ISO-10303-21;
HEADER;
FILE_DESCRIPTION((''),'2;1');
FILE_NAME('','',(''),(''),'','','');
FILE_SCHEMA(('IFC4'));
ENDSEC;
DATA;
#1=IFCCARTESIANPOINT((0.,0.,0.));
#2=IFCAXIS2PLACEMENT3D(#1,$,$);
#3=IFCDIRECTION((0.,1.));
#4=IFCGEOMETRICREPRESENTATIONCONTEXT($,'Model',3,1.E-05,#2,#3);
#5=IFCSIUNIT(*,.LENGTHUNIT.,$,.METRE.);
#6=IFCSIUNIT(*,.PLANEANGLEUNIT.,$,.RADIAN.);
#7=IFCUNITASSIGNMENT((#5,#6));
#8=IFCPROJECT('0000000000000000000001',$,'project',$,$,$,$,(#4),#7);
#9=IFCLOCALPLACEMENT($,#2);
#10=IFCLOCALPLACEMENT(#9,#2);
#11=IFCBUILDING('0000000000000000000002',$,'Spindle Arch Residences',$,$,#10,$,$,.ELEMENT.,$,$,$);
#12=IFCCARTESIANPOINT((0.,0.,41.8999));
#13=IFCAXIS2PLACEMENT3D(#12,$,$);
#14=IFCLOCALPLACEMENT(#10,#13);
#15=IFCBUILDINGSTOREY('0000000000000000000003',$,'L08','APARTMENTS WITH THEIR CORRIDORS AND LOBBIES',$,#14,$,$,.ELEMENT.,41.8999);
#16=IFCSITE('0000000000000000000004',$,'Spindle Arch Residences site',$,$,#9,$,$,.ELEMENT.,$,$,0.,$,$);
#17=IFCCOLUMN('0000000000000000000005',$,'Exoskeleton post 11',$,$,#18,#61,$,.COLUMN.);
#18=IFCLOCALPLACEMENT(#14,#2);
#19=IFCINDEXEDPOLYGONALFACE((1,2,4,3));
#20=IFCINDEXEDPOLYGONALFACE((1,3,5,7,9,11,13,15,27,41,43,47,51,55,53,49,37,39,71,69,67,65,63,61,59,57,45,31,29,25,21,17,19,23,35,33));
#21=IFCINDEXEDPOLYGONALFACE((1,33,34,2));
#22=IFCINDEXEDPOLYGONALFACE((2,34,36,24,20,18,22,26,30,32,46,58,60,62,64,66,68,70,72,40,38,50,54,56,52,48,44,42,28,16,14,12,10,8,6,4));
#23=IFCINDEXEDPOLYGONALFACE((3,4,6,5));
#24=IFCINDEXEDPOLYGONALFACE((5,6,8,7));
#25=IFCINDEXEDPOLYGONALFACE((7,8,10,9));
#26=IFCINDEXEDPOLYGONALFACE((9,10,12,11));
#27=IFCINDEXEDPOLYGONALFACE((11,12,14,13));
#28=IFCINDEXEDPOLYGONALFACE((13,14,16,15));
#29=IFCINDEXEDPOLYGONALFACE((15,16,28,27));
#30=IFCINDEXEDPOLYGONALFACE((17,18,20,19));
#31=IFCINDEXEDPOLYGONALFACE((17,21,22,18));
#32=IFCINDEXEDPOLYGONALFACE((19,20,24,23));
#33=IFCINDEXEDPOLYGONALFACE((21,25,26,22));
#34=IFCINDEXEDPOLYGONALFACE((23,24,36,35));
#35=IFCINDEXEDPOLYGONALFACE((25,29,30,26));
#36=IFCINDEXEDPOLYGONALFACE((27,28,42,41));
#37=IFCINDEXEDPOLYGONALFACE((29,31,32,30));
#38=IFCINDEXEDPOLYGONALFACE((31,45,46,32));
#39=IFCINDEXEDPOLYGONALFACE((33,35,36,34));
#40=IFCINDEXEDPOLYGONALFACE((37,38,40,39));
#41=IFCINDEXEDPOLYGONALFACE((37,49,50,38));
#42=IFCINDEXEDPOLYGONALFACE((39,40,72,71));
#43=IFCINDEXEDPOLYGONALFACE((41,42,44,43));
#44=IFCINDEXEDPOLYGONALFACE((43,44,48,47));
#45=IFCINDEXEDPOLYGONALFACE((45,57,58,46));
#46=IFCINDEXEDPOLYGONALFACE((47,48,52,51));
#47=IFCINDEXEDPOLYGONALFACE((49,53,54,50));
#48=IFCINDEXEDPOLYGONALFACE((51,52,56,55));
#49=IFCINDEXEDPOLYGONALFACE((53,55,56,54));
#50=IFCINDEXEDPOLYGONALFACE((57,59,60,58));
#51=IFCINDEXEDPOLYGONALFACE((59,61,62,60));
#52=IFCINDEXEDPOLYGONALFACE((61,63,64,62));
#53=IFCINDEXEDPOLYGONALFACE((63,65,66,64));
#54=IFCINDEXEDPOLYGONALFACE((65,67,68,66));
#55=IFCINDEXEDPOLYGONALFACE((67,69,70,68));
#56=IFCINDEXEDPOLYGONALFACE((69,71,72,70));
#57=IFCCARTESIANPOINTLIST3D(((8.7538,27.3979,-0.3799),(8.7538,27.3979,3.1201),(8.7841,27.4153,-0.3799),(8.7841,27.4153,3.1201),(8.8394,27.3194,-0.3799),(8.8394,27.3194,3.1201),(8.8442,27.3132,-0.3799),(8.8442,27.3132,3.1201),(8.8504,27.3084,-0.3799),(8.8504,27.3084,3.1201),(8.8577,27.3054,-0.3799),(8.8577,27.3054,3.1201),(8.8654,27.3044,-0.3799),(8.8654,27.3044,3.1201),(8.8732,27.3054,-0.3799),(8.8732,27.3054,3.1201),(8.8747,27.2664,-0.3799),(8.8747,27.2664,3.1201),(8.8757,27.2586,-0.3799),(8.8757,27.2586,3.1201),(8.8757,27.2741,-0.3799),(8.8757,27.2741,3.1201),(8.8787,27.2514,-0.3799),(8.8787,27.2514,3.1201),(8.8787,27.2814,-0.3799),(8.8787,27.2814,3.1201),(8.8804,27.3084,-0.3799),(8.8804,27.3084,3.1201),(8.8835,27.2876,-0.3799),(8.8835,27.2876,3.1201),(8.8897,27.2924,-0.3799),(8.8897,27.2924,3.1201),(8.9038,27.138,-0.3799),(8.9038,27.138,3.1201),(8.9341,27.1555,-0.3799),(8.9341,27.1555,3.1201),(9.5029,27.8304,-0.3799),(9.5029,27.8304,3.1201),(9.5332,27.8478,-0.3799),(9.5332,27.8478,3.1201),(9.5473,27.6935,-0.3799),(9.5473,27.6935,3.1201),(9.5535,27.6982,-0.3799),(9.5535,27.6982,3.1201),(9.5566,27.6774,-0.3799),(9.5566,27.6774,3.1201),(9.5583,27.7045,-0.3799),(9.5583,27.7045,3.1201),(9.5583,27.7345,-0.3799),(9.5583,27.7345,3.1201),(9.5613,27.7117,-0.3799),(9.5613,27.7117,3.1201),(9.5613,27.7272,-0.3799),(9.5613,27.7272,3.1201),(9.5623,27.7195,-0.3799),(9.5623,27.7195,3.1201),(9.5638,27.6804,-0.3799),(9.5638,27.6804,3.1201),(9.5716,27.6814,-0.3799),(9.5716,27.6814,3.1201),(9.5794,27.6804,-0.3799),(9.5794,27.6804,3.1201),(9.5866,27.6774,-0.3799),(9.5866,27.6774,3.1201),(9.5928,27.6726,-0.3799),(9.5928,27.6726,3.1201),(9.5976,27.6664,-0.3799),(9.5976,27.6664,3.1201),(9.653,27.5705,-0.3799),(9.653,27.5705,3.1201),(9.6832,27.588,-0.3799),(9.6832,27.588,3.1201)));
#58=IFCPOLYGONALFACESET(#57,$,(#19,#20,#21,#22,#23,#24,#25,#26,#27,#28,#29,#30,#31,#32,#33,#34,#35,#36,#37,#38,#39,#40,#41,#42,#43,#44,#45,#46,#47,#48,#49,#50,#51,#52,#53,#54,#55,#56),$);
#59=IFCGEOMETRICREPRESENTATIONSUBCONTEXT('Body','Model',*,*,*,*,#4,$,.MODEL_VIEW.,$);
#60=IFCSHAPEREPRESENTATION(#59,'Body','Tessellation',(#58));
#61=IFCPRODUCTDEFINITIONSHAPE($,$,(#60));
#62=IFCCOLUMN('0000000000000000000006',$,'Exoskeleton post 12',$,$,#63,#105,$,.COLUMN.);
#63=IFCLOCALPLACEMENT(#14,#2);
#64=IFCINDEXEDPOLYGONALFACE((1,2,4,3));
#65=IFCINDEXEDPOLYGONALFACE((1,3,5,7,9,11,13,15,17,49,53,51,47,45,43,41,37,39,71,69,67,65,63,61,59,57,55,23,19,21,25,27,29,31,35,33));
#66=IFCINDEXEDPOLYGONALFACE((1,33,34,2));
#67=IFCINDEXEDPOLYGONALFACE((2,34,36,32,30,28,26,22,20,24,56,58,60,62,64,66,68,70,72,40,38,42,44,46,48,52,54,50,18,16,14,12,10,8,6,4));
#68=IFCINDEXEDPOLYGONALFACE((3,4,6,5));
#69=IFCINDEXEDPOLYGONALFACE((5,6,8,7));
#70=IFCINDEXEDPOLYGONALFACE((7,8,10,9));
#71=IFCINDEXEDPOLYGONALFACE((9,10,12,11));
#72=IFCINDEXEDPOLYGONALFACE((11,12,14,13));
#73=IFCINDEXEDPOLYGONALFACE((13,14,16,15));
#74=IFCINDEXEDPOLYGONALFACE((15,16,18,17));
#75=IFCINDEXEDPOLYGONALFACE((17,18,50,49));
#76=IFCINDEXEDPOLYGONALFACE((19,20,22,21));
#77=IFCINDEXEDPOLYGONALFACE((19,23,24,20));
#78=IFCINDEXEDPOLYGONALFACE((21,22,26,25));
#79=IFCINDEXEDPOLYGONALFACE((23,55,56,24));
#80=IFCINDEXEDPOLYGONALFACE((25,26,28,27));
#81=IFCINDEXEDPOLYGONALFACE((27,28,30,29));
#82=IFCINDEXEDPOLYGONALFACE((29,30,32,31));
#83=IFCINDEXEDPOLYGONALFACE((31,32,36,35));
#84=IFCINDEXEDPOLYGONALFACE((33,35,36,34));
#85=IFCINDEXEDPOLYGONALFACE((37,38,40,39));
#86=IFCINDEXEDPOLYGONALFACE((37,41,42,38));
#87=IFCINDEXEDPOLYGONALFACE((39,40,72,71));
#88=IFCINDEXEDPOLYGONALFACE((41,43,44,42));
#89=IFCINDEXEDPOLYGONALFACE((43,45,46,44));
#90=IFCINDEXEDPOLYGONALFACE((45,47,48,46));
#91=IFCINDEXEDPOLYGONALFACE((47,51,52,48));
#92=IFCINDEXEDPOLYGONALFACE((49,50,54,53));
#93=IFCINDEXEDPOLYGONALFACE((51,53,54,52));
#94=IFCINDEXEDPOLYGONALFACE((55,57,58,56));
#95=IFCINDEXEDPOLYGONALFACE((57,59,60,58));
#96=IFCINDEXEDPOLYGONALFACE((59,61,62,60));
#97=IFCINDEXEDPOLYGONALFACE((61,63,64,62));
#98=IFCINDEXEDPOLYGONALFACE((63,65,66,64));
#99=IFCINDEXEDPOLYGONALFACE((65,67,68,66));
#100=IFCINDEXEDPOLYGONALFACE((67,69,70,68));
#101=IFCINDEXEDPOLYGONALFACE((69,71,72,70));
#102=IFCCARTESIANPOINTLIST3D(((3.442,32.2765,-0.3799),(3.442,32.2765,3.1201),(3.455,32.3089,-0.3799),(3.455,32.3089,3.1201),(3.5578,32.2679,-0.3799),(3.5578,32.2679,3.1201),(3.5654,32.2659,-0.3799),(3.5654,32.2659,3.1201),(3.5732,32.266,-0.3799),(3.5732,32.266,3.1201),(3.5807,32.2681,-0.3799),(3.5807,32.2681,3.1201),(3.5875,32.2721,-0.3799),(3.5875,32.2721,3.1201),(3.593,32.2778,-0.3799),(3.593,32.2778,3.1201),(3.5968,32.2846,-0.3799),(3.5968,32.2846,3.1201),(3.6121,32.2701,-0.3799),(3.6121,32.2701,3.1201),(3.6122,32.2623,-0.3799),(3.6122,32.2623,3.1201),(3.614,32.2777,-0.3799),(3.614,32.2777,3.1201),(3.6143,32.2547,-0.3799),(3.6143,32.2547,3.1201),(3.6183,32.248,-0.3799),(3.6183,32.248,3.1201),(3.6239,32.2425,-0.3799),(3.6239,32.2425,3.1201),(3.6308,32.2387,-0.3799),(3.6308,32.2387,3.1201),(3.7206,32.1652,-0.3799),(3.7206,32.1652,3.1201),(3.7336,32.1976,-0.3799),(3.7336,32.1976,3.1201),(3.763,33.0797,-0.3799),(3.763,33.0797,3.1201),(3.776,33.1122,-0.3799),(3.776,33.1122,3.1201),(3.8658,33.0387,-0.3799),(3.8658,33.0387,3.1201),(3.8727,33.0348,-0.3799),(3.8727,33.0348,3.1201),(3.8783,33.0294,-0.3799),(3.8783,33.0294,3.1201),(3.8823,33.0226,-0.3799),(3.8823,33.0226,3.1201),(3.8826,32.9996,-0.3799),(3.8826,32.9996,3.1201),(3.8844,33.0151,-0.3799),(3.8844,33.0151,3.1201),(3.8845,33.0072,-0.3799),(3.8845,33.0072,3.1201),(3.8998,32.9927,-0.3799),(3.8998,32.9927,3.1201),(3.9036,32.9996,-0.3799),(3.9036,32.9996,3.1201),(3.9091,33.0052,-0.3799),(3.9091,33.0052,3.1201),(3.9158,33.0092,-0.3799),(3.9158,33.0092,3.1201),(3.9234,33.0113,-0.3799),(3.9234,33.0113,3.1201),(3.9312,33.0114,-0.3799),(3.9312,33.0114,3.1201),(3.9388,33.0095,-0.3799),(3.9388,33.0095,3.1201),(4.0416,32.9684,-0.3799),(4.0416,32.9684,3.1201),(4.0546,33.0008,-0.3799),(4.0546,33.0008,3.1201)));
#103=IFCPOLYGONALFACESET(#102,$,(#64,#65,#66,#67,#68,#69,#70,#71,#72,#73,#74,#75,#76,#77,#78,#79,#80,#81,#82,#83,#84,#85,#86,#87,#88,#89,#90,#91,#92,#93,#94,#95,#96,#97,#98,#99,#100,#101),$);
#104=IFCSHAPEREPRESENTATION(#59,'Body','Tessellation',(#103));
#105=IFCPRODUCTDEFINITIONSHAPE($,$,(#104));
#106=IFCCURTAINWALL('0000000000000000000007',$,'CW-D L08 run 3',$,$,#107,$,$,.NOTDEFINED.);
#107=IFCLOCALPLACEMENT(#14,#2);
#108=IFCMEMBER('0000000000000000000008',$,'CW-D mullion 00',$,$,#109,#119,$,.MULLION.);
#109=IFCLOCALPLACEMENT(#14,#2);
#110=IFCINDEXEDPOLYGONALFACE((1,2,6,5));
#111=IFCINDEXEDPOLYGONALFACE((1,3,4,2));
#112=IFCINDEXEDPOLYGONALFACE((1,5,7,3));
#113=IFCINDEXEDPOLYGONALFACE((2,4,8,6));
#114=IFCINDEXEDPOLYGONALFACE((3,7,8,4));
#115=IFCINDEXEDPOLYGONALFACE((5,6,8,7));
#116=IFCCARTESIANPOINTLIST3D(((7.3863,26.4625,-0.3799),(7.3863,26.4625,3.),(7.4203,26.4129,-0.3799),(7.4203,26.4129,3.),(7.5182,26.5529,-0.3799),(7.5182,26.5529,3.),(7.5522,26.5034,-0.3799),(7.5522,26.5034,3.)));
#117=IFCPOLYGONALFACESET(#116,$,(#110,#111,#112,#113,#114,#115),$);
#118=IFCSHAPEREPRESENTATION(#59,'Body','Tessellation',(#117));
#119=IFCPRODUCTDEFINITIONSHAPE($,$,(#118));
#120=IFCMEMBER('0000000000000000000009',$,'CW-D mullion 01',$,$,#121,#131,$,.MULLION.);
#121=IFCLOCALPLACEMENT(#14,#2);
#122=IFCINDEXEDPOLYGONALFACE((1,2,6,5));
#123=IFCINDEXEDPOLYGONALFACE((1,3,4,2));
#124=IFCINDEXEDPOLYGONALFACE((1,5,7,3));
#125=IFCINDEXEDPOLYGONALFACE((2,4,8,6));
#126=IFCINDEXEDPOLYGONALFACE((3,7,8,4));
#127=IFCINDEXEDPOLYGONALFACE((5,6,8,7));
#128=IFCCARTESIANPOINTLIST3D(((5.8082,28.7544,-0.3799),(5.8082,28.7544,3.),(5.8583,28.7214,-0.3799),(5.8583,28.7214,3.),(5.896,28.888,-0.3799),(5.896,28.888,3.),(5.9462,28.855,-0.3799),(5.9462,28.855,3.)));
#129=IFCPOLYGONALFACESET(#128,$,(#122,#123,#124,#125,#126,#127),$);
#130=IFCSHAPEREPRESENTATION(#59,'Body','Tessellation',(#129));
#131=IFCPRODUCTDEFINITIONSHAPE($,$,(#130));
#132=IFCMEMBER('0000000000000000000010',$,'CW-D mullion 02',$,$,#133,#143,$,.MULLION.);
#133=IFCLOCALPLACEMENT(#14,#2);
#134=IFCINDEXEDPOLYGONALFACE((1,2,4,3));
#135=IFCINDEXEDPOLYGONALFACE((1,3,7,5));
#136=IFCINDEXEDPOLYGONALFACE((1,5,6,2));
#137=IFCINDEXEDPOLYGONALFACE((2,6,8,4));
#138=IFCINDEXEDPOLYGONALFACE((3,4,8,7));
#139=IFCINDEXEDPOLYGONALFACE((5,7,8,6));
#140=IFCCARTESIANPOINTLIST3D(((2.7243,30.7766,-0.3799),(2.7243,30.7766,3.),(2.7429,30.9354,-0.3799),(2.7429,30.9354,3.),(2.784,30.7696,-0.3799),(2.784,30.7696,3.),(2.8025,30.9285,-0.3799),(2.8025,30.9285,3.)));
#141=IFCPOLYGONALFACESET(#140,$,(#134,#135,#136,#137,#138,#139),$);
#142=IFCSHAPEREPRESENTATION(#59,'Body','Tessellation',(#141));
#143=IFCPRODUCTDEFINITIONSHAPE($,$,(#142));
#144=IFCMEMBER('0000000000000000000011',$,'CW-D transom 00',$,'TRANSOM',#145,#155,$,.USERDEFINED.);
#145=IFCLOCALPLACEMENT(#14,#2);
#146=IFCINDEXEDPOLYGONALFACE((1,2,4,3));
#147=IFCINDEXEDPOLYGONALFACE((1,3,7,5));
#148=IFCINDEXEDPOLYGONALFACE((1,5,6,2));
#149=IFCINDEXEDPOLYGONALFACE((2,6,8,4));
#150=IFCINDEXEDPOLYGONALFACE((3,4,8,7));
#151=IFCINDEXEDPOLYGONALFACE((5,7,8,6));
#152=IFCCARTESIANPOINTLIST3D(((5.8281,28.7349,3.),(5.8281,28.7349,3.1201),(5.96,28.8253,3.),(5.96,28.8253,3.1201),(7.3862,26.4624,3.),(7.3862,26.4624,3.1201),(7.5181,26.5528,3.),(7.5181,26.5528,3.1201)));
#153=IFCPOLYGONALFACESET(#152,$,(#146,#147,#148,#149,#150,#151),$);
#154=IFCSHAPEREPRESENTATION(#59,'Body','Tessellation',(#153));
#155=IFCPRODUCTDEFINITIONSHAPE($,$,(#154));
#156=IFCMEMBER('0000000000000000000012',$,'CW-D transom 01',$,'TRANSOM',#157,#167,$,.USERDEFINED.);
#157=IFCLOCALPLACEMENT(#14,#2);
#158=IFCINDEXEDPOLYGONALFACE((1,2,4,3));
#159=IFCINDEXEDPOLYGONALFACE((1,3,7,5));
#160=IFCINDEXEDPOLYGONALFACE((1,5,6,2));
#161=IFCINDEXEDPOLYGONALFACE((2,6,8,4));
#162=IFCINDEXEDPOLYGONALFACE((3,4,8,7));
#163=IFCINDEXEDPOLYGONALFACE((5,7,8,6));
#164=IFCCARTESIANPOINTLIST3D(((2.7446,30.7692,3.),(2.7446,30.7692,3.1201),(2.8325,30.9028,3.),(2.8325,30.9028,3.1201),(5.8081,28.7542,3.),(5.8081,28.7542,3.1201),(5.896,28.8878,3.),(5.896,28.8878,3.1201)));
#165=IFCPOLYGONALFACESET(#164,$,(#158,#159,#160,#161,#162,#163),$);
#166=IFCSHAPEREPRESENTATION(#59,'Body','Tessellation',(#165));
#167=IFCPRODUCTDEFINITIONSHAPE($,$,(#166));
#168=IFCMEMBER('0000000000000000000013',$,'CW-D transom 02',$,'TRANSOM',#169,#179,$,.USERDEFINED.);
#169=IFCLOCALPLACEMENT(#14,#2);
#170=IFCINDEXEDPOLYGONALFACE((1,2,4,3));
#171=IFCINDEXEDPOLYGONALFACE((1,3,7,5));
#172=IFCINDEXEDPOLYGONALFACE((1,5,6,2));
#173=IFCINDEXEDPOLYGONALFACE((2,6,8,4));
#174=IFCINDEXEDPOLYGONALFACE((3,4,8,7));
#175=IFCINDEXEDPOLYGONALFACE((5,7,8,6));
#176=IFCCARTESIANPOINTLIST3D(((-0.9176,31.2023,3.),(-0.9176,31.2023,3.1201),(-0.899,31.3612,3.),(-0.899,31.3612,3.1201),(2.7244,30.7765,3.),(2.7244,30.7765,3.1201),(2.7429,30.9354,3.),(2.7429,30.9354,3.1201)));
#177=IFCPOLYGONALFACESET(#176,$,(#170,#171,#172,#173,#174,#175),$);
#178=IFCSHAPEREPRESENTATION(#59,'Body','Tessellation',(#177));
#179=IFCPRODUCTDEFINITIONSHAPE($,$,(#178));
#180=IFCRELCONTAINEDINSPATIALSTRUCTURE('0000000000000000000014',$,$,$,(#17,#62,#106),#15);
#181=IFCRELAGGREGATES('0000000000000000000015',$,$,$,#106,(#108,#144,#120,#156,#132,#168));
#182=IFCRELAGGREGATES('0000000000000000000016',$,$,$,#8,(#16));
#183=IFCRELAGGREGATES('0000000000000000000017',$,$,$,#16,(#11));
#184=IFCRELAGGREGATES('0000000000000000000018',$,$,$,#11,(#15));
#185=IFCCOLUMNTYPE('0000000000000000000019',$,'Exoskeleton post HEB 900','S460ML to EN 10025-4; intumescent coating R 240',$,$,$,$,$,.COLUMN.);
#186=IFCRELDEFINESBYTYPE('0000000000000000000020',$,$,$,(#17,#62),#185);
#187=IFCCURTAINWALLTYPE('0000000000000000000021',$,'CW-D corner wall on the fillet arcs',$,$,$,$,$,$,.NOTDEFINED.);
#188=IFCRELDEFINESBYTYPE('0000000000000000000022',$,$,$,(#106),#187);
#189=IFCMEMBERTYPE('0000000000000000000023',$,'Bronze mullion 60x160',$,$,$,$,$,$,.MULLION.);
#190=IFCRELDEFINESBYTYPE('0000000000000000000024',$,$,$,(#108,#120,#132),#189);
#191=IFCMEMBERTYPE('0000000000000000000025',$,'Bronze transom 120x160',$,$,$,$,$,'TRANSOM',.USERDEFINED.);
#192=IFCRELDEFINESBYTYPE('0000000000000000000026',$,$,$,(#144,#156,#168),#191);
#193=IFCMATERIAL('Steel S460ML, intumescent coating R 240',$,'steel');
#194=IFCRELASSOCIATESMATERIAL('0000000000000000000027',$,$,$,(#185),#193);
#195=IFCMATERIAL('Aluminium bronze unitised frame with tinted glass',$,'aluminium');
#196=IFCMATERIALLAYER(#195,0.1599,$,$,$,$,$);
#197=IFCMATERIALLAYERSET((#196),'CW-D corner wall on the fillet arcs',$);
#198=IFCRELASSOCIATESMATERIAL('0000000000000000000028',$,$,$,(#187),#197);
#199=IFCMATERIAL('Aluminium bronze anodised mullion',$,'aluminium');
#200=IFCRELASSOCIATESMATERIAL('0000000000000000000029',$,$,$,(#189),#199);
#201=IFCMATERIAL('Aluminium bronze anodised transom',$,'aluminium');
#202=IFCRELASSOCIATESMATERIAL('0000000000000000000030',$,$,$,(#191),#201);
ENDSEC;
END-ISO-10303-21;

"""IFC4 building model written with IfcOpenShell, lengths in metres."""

from ifc_helpers import new_model, si_unit, direction, frame, origin, origin_2d, place, context, subcontext, project, spatial, rectangle, i_section, extrude, material, layer, layer_set, material_profile, profile_set, type_object, element, aggregate, save


model = new_model("IFC4")

# Units and contexts
model_context = context("Model", 3, precision=1e-05, world=origin(), true_north=direction((0.0, 1.0)))
body_context = subcontext(model_context, "Body", "Model", "MODEL_VIEW")
ifc_project = project(units=[si_unit("LENGTHUNIT", "METRE"), si_unit("PLANEANGLEUNIT", "RADIAN")], contexts=[model_context])

# Site, building, storey
site_placement = place(None, origin())
site = spatial("IfcSite", under=ifc_project, at=site_placement, Name="Spindle Arch Residences site", CompositionType="ELEMENT", RefElevation=0.0)
building_placement = place(site_placement, origin())
building = spatial("IfcBuilding", under=site, at=building_placement, Name="Spindle Arch Residences", CompositionType="ELEMENT")
storey_placement = place(building_placement, frame((0.0, 0.0, 41.8999)))
storey = spatial("IfcBuildingStorey", under=building, at=storey_placement, Name="L08", Description="APARTMENTS WITH THEIR CORRIDORS AND LOBBIES", CompositionType="ELEMENT", Elevation=41.8999)

# Columns
ifc_material_1 = material(Name="Steel S460ML, intumescent coating R 240", Category="steel")
ifc_material_profile_1 = material_profile(ifc_material_1, i_section(OverallWidth=0.3, OverallDepth=0.8999, WebThickness=0.0186, FlangeThickness=0.0349, FilletRadius=0.03, at=origin_2d()), Name="HEB 900")
ifc_profile_set_1 = profile_set([ifc_material_profile_1], Name="Steel S460ML, intumescent coating R 240")
column_type = type_object("IfcColumnType", Name="Exoskeleton post HEB 900", Description="S460ML to EN 10025-4; intumescent coating R 240", PredefinedType="COLUMN", material=ifc_profile_set_1)
for number, where, z_axis, x_axis, name in (
    (1, (9.2185, 27.4929, -0.3799), (0.0, 0.0, 1.0), (0.5, -0.866025, 0.0), "Exoskeleton post 11"),
    (2, (3.7483, 32.6387, -0.3799), (0.0, 0.0, 1.0), (0.92859, -0.371108, 0.0), "Exoskeleton post 12"),
):
    element("IfcColumn", number, at=place(storey_placement, frame(where, z_axis=z_axis, x_axis=x_axis)), inside=storey, type_object=column_type, Name=name, PredefinedType="COLUMN", context=body_context, shape_type="SweptSolid", body=[
        extrude(i_section(OverallWidth=0.3, OverallDepth=0.8999, WebThickness=0.0186, FlangeThickness=0.0349, FilletRadius=0.03, at=origin_2d()), origin(), (0.0, 0.0, 1.0), 3.5),
    ])

# Curtain wall, members
ifc_material_2 = material(Name="Aluminium bronze unitised frame with tinted glass", Category="aluminium")
ifc_layer_1 = layer(ifc_material_2, 0.1599)
ifc_layer_set_1 = layer_set([ifc_layer_1], Name="CW-D corner wall on the fillet arcs")
curtain_wall_type_1 = type_object("IfcCurtainWallType", Name="CW-D corner wall on the fillet arcs", PredefinedType="NOTDEFINED", material=ifc_layer_set_1)
curtain_wall_1_placement = place(storey_placement, origin())
curtain_wall_1 = element("IfcCurtainWall", 3, at=curtain_wall_1_placement, inside=storey, type_object=curtain_wall_type_1, Name="CW-D L08 run 3", PredefinedType="NOTDEFINED")
ifc_material_3 = material(Name="Aluminium bronze anodised mullion", Category="aluminium")
ifc_material_profile_2 = material_profile(ifc_material_3, rectangle(XDim=0.1599, YDim=0.0601, at=origin_2d()), Name="MU 60x160")
ifc_profile_set_2 = profile_set([ifc_material_profile_2], Name="Aluminium bronze anodised mullion")
member_type_1 = type_object("IfcMemberType", Name="Bronze mullion 60x160", PredefinedType="MULLION", material=ifc_profile_set_2)
member_1_placement = place(storey_placement, frame((7.4692, 26.4829, -0.3799), z_axis=(0.0, 0.0, 1.0), x_axis=(-0.824748, -0.565501, 0.0)))
member_1 = element("IfcMember", 4, at=member_1_placement, type_object=member_type_1, Name="CW-D mullion 00", PredefinedType="MULLION", context=body_context, shape_type="SweptSolid", body=[
    extrude(rectangle(XDim=0.1599, YDim=0.0601, at=origin_2d()), origin(), (0.0, 0.0, 1.0), 3.3799),
])
member_2_placement = place(storey_placement, frame((5.8772, 28.8047, -0.3799), z_axis=(0.0, 0.0, 1.0), x_axis=(-0.549509, -0.835488, 0.0)))
member_2 = element("IfcMember", 5, at=member_2_placement, type_object=member_type_1, Name="CW-D mullion 01", PredefinedType="MULLION", context=body_context, shape_type="SweptSolid", body=[
    extrude(rectangle(XDim=0.1599, YDim=0.0601, at=origin_2d()), origin(), (0.0, 0.0, 1.0), 3.3799),
])
member_3_placement = place(storey_placement, frame((2.7634, 30.8525, -0.3799), z_axis=(0.0, 0.0, 1.0), x_axis=(-0.116093, -0.993238, 0.0)))
member_3 = element("IfcMember", 6, at=member_3_placement, type_object=member_type_1, Name="CW-D mullion 02", PredefinedType="MULLION", context=body_context, shape_type="SweptSolid", body=[
    extrude(rectangle(XDim=0.1599, YDim=0.0601, at=origin_2d()), origin(), (0.0, 0.0, 1.0), 3.3799),
])
ifc_material_4 = material(Name="Aluminium bronze anodised transom", Category="aluminium")
ifc_material_profile_3 = material_profile(ifc_material_4, rectangle(XDim=0.1599, YDim=0.1201, at=origin_2d()), Name="TR 120x160")
ifc_profile_set_3 = profile_set([ifc_material_profile_3], Name="Aluminium bronze anodised transom")
member_type_2 = type_object("IfcMemberType", Name="Bronze transom 120x160", ElementType="TRANSOM", PredefinedType="USERDEFINED", material=ifc_profile_set_3)
member_4_placement = place(storey_placement, frame((7.4521, 26.5076, 3.0601), z_axis=(-0.56549, 0.824755, 0.0), x_axis=(-0.824755, -0.56549, 0.0)))
member_4 = element("IfcMember", 7, at=member_4_placement, type_object=member_type_2, Name="CW-D transom 00", ObjectType="TRANSOM", PredefinedType="USERDEFINED", context=body_context, shape_type="SweptSolid", body=[
    extrude(rectangle(XDim=0.1599, YDim=0.1201, at=origin_2d()), origin(), (0.0, 0.0, 1.0), 2.7554),
])
member_5_placement = place(storey_placement, frame((5.8521, 28.821, 3.0601), z_axis=(-0.835486, 0.549511, 0.0), x_axis=(-0.549511, -0.835486, 0.0)))
member_5 = element("IfcMember", 8, at=member_5_placement, type_object=member_type_2, Name="CW-D transom 01", ObjectType="TRANSOM", PredefinedType="USERDEFINED", context=body_context, shape_type="SweptSolid", body=[
    extrude(rectangle(XDim=0.1599, YDim=0.1201, at=origin_2d()), origin(), (0.0, 0.0, 1.0), 3.6667),
])
member_6_placement = place(storey_placement, frame((2.7336, 30.856, 3.0601), z_axis=(-0.993235, 0.116123, 0.0), x_axis=(-0.116123, -0.993235, 0.0)))
member_6 = element("IfcMember", 9, at=member_6_placement, type_object=member_type_2, Name="CW-D transom 02", ObjectType="TRANSOM", PredefinedType="USERDEFINED", context=body_context, shape_type="SweptSolid", body=[
    extrude(rectangle(XDim=0.1599, YDim=0.1201, at=origin_2d()), origin(), (0.0, 0.0, 1.0), 3.6667),
])

aggregate(curtain_wall_1, [member_1, member_4, member_2, member_5, member_3, member_6])

save(model, "model.ifc")
